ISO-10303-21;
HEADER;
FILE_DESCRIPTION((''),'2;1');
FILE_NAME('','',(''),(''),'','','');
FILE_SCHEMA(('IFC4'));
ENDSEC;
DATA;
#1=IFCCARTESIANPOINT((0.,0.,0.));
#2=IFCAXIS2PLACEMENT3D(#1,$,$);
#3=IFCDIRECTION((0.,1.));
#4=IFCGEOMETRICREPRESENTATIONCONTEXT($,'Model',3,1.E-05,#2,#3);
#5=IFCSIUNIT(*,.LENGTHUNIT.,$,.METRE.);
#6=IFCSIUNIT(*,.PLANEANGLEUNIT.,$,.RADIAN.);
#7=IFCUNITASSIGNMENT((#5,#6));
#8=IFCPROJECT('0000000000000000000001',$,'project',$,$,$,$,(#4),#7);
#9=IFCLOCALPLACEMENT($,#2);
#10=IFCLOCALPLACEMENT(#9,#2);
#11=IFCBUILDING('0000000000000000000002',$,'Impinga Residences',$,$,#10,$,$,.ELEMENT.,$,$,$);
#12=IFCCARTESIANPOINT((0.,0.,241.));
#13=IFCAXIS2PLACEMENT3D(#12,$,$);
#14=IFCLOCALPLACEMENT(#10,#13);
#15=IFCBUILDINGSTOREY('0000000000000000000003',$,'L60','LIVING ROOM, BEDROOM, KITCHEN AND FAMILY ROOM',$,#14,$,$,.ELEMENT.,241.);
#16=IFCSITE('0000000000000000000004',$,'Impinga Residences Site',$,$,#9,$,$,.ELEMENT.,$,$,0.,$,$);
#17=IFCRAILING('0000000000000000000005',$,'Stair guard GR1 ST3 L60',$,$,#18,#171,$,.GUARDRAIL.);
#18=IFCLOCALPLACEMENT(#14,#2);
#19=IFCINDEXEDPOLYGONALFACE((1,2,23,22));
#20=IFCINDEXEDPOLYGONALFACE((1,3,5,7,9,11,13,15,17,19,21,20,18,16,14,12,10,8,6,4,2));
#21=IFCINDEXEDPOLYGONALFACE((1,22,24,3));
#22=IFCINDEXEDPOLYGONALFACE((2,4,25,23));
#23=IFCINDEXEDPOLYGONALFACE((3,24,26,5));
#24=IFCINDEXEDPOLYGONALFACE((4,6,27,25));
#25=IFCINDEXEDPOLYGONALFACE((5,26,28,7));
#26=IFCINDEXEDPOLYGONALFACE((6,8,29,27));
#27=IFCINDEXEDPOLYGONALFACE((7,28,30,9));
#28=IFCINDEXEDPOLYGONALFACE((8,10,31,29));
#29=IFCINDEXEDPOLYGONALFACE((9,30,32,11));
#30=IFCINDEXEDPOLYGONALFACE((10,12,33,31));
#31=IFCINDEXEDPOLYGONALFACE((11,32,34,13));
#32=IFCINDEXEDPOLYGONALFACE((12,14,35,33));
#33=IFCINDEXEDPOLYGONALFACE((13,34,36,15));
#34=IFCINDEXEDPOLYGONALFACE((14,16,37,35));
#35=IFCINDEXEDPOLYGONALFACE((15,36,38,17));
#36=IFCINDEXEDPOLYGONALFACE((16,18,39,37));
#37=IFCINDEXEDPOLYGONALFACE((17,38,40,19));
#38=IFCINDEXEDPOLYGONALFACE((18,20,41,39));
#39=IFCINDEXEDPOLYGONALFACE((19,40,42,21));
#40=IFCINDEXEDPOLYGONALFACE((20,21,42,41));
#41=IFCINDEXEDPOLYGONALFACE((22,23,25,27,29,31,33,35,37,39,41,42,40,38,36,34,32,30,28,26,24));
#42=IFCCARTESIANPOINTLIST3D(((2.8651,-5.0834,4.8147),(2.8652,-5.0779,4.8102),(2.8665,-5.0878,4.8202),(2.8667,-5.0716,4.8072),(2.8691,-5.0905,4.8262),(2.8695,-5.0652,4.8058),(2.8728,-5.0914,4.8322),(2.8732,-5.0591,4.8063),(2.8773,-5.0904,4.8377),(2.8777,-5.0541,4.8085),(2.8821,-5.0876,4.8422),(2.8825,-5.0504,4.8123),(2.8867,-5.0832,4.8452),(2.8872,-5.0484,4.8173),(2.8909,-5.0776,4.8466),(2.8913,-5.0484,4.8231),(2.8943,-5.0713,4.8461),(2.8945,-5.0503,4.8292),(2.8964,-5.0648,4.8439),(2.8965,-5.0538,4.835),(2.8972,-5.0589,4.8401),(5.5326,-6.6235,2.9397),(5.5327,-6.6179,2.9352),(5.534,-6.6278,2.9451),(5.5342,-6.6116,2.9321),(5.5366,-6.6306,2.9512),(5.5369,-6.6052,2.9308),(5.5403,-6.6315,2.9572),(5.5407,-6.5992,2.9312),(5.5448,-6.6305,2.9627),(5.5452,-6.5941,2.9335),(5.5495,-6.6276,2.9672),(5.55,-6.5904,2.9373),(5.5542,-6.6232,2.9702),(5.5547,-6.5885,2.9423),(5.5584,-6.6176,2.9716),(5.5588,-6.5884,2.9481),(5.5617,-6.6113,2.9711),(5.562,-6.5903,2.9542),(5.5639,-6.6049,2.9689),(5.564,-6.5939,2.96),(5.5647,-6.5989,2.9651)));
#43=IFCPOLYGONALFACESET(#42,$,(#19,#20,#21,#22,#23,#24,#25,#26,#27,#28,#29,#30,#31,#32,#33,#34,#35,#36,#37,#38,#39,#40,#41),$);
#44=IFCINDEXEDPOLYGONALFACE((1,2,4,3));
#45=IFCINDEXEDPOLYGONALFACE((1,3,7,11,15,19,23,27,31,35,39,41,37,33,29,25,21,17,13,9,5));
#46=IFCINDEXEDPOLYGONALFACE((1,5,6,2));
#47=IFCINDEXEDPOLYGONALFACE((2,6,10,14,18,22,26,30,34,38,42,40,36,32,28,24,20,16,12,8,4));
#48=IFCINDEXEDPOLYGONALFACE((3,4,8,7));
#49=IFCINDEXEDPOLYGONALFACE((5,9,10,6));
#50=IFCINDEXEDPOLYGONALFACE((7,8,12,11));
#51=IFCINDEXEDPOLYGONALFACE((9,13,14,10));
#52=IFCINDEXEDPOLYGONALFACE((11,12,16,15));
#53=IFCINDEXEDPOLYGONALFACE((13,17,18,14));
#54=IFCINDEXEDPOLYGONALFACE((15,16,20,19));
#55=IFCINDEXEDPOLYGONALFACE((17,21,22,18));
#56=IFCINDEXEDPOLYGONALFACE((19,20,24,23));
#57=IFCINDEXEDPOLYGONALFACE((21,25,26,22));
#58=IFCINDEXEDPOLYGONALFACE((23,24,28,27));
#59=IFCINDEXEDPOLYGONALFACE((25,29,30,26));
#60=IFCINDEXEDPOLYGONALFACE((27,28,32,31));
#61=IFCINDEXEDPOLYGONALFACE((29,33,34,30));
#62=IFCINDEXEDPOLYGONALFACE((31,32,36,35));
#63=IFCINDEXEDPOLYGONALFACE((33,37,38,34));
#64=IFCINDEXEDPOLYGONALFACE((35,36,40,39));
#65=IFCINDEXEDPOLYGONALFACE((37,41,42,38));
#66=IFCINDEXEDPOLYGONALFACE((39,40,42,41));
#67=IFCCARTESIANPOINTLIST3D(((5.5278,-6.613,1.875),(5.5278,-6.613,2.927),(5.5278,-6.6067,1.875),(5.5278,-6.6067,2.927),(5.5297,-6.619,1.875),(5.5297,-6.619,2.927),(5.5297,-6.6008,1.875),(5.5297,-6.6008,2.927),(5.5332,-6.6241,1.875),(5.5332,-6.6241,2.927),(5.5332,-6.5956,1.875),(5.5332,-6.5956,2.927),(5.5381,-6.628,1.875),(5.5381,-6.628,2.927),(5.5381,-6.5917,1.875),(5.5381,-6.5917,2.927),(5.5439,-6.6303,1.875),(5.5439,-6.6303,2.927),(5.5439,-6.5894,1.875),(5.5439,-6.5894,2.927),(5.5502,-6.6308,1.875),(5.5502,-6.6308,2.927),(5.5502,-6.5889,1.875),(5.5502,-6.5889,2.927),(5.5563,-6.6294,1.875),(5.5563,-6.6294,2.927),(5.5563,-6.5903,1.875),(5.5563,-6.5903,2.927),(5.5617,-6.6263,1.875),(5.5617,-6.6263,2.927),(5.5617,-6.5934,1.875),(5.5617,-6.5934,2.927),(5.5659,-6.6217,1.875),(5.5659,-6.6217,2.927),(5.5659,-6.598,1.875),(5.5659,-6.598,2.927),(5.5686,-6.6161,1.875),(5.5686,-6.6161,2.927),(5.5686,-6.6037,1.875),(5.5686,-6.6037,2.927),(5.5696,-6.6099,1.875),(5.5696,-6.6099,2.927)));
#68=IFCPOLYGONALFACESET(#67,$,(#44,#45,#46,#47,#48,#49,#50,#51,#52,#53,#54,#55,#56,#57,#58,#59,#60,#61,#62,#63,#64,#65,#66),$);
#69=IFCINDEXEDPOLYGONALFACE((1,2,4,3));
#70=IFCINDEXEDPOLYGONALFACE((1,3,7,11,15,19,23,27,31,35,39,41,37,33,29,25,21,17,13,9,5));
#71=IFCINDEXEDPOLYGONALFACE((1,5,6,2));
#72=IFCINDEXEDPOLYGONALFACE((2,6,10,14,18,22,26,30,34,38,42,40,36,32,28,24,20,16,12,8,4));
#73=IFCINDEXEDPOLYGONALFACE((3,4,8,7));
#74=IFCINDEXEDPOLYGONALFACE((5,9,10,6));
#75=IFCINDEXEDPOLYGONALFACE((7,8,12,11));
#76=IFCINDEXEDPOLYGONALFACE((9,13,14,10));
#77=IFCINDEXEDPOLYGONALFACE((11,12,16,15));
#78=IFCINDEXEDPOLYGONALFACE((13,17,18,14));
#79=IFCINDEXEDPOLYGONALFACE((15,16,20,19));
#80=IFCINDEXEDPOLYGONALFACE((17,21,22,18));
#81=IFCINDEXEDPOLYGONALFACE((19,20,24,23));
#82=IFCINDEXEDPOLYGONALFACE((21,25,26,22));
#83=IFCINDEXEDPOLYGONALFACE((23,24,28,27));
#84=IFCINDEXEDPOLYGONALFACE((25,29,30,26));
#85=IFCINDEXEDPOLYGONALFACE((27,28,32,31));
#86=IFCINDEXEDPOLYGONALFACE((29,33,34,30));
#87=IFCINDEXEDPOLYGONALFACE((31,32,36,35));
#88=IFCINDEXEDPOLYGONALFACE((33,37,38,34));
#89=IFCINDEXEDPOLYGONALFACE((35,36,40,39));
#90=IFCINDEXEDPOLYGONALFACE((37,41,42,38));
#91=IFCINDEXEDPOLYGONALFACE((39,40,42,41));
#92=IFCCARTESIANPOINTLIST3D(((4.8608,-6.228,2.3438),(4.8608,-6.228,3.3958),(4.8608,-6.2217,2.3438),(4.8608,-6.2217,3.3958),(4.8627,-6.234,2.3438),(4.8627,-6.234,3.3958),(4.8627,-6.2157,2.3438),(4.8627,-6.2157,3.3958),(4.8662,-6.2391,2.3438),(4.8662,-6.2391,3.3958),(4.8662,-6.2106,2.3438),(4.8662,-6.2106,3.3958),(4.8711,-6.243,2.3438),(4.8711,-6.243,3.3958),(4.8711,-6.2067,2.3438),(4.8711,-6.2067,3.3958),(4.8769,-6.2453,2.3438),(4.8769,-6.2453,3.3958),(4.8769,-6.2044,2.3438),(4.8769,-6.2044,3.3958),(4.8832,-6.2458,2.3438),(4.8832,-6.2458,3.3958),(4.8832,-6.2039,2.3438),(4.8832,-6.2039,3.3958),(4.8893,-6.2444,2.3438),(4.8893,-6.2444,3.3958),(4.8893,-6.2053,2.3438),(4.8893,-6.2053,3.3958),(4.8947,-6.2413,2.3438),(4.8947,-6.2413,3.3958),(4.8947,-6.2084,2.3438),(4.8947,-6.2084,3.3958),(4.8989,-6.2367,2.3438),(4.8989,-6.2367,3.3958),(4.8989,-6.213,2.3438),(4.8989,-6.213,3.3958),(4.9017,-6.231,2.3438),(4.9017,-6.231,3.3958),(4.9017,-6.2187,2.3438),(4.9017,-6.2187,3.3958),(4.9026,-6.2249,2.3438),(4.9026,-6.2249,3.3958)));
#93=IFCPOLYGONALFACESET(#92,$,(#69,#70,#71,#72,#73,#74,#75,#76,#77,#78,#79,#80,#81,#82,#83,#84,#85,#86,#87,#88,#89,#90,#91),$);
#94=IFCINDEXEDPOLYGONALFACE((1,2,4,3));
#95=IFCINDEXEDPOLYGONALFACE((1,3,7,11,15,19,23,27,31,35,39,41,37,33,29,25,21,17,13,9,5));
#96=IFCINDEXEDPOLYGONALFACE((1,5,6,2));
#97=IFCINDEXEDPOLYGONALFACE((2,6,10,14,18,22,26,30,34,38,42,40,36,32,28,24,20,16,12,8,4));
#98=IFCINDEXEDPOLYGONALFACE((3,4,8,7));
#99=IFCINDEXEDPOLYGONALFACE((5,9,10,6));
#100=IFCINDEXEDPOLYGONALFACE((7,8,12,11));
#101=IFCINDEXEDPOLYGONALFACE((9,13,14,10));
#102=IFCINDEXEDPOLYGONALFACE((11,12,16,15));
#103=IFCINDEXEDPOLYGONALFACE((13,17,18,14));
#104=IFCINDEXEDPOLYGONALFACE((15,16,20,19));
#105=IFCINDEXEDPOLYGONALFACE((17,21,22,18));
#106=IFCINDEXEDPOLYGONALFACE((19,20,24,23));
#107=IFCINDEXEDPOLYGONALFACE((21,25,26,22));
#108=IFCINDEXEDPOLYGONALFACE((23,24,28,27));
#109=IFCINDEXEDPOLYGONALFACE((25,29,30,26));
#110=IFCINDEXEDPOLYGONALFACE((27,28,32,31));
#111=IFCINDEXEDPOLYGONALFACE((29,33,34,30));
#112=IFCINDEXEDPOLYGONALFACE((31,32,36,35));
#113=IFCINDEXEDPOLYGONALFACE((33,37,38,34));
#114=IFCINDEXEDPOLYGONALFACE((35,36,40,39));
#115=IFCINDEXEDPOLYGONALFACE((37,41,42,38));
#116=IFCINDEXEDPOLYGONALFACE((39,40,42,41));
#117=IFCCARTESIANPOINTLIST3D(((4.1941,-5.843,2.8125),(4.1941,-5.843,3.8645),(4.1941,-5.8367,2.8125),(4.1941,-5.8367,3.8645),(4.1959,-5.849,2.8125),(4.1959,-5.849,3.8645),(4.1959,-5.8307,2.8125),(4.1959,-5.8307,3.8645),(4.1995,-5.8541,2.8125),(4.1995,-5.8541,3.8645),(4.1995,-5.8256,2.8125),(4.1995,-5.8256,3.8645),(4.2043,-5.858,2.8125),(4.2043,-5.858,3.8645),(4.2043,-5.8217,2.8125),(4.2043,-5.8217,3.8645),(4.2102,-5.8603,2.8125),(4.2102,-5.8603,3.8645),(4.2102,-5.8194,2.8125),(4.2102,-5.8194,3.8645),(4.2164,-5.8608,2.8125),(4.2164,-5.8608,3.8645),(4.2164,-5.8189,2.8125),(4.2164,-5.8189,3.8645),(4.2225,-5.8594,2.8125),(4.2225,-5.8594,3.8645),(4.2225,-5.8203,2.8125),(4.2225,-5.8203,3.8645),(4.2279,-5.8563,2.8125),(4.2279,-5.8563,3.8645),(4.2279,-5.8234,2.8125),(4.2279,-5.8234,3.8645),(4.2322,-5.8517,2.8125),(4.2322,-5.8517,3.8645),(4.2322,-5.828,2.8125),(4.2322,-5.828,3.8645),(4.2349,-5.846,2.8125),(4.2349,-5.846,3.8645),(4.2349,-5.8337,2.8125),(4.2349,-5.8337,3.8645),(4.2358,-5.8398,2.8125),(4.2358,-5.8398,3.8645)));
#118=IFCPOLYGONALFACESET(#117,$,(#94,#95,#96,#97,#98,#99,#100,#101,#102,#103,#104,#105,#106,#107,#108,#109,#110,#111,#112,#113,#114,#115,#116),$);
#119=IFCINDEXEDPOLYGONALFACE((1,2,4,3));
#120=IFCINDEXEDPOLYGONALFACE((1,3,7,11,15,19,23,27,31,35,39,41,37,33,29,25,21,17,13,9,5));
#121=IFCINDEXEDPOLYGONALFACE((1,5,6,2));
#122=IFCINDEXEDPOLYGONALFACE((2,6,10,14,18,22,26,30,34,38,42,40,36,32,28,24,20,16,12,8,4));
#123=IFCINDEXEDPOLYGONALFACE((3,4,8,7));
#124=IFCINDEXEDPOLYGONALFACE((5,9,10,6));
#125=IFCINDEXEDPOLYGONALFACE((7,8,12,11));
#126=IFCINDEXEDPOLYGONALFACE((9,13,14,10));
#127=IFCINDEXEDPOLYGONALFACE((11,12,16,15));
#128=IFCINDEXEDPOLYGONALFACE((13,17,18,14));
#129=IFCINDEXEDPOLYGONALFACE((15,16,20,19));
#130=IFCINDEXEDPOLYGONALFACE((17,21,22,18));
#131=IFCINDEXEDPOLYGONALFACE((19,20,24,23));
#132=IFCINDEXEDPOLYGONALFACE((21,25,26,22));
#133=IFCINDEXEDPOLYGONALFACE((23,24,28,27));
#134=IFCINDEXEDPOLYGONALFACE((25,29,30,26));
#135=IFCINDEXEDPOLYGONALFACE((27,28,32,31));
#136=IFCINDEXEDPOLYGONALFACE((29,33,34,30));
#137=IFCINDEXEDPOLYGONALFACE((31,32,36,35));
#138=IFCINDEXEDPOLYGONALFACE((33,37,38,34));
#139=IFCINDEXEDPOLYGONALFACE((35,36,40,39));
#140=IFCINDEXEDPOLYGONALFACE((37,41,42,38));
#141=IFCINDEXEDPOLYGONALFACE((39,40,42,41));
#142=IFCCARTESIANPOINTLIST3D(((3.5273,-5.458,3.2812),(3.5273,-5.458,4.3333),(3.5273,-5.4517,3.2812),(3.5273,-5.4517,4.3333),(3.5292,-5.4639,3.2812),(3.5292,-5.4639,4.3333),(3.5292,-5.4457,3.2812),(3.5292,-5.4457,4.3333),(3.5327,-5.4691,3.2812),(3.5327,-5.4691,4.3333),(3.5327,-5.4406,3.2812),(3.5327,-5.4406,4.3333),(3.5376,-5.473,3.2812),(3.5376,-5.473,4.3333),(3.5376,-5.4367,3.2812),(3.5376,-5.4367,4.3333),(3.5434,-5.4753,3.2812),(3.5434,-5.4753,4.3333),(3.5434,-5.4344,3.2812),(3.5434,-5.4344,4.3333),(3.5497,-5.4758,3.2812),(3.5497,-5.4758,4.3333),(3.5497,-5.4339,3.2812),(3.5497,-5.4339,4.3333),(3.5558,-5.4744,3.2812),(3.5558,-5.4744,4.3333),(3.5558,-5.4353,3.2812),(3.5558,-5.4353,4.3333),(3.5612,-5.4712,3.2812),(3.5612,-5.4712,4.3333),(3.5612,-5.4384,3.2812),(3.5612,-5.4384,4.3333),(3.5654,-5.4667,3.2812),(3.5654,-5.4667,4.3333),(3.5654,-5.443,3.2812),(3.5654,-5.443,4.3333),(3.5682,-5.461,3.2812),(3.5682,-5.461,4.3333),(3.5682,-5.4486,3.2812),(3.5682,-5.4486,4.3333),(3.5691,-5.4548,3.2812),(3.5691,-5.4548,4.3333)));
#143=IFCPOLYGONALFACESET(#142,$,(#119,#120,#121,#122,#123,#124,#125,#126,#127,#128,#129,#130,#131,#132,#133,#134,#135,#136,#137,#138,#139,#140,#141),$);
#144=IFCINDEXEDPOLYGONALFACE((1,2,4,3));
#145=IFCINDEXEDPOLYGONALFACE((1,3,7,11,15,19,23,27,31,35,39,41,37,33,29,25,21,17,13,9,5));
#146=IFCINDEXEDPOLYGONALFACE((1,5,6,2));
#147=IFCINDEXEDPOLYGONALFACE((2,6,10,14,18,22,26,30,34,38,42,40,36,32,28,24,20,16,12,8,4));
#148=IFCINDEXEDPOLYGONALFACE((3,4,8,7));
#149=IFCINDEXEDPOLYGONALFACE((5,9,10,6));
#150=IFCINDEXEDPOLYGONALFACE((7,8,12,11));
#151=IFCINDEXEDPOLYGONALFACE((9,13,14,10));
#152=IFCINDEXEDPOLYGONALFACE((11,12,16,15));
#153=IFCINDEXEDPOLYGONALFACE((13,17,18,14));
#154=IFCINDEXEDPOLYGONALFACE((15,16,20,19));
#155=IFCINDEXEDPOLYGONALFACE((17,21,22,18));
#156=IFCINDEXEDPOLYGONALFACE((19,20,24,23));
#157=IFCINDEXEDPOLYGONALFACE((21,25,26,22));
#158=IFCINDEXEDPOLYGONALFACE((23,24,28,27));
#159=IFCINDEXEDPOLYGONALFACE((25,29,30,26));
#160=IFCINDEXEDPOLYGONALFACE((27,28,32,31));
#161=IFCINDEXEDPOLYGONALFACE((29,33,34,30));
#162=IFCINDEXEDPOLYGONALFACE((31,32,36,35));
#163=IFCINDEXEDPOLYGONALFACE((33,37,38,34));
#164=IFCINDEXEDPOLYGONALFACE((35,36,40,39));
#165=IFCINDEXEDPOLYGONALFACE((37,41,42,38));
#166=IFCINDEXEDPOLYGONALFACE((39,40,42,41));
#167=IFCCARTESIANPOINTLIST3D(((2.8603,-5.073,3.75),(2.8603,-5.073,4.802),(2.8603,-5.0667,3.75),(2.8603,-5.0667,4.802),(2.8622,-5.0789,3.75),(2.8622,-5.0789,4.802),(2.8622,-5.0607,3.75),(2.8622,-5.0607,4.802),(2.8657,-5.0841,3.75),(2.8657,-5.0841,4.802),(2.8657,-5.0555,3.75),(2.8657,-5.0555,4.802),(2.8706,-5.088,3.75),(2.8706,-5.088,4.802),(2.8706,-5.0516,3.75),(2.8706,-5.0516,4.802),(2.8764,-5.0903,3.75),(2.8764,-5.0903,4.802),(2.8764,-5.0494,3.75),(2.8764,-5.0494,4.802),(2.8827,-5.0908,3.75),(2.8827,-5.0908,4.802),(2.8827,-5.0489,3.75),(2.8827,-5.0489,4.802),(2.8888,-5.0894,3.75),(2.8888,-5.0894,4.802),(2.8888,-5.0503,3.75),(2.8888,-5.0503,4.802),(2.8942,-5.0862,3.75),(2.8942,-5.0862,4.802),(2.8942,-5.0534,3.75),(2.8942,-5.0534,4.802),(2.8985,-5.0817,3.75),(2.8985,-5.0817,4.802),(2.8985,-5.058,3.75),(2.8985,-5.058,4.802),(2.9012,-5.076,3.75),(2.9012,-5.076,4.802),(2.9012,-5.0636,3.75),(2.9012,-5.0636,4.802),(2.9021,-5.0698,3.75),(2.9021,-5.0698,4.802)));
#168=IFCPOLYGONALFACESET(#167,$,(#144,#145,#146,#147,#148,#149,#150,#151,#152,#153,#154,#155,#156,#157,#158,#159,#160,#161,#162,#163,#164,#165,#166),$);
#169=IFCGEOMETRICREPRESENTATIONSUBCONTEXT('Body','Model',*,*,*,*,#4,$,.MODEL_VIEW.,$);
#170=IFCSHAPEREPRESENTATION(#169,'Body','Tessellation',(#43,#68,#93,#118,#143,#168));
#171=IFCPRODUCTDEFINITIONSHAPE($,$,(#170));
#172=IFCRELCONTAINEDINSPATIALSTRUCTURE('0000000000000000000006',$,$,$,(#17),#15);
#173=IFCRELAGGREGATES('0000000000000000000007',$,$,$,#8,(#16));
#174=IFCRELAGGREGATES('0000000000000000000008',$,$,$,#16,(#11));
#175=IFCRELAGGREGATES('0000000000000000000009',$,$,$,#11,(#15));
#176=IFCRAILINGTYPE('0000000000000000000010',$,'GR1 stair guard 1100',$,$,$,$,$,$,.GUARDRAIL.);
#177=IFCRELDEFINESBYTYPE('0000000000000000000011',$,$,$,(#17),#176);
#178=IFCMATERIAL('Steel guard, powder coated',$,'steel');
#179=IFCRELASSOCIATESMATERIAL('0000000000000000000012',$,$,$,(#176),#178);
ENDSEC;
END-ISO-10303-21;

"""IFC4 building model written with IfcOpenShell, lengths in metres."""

from ifc_helpers import new_model, si_unit, direction, frame, origin, origin_2d, place, context, subcontext, project, spatial, circle, extrude, material, type_object, element, save


model = new_model("IFC4")

# Units and contexts
model_context = context("Model", 3, precision=1e-05, world=origin(), true_north=direction((0.0, 1.0)))
body_context = subcontext(model_context, "Body", "Model", "MODEL_VIEW")
ifc_project = project(units=[si_unit("LENGTHUNIT", "METRE"), si_unit("PLANEANGLEUNIT", "RADIAN")], contexts=[model_context])

# Site, building, storey
site_placement = place(None, origin())
site = spatial("IfcSite", under=ifc_project, at=site_placement, Name="Impinga Residences Site", CompositionType="ELEMENT", RefElevation=0.0)
building_placement = place(site_placement, origin())
building = spatial("IfcBuilding", under=site, at=building_placement, Name="Impinga Residences", CompositionType="ELEMENT")
storey_placement = place(building_placement, frame((0.0, 0.0, 241.0)))
storey = spatial("IfcBuildingStorey", under=building, at=storey_placement, Name="L60", Description="LIVING ROOM, BEDROOM, KITCHEN AND FAMILY ROOM", CompositionType="ELEMENT", Elevation=241.0)

# Railing
ifc_material_1 = material(Name="Steel guard, powder coated", Category="steel")
railing_type_1 = type_object("IfcRailingType", Name="GR1 stair guard 1100", PredefinedType="GUARDRAIL", material=ifc_material_1)
railing_1_placement = place(storey_placement, frame((5.5486, -6.6099, 1.875)))
element("IfcRailing", 1, at=railing_1_placement, inside=storey, type_object=railing_type_1, Name="Stair guard GR1 ST3 L60", PredefinedType="GUARDRAIL", context=body_context, shape_type="SweptSolid", body=[
    extrude(circle(Radius=0.0239, at=origin_2d()), frame((0.0, 0.0, 1.0762), z_axis=(-0.739746, 0.427084, 0.519975), x_axis=(-0.499992, -0.86603, 0.0)), (0.0, 0.0, 1.0), 3.606),
    extrude(circle(Radius=0.021, at=origin_2d()), origin(), (0.0, 0.0, 1.0), 1.052),
    extrude(circle(Radius=0.021, at=origin_2d()), frame((-0.667, 0.385, 0.4688)), (0.0, 0.0, 1.0), 1.052),
    extrude(circle(Radius=0.021, at=origin_2d()), frame((-1.3337, 0.77, 0.9375)), (0.0, 0.0, 1.0), 1.052),
    extrude(circle(Radius=0.021, at=origin_2d()), frame((-2.0005, 1.155, 1.4062)), (0.0, 0.0, 1.0), 1.052),
    extrude(circle(Radius=0.021, at=origin_2d()), frame((-2.6675, 1.54, 1.875)), (0.0, 0.0, 1.0), 1.052),
])

save(model, "model.ifc")
